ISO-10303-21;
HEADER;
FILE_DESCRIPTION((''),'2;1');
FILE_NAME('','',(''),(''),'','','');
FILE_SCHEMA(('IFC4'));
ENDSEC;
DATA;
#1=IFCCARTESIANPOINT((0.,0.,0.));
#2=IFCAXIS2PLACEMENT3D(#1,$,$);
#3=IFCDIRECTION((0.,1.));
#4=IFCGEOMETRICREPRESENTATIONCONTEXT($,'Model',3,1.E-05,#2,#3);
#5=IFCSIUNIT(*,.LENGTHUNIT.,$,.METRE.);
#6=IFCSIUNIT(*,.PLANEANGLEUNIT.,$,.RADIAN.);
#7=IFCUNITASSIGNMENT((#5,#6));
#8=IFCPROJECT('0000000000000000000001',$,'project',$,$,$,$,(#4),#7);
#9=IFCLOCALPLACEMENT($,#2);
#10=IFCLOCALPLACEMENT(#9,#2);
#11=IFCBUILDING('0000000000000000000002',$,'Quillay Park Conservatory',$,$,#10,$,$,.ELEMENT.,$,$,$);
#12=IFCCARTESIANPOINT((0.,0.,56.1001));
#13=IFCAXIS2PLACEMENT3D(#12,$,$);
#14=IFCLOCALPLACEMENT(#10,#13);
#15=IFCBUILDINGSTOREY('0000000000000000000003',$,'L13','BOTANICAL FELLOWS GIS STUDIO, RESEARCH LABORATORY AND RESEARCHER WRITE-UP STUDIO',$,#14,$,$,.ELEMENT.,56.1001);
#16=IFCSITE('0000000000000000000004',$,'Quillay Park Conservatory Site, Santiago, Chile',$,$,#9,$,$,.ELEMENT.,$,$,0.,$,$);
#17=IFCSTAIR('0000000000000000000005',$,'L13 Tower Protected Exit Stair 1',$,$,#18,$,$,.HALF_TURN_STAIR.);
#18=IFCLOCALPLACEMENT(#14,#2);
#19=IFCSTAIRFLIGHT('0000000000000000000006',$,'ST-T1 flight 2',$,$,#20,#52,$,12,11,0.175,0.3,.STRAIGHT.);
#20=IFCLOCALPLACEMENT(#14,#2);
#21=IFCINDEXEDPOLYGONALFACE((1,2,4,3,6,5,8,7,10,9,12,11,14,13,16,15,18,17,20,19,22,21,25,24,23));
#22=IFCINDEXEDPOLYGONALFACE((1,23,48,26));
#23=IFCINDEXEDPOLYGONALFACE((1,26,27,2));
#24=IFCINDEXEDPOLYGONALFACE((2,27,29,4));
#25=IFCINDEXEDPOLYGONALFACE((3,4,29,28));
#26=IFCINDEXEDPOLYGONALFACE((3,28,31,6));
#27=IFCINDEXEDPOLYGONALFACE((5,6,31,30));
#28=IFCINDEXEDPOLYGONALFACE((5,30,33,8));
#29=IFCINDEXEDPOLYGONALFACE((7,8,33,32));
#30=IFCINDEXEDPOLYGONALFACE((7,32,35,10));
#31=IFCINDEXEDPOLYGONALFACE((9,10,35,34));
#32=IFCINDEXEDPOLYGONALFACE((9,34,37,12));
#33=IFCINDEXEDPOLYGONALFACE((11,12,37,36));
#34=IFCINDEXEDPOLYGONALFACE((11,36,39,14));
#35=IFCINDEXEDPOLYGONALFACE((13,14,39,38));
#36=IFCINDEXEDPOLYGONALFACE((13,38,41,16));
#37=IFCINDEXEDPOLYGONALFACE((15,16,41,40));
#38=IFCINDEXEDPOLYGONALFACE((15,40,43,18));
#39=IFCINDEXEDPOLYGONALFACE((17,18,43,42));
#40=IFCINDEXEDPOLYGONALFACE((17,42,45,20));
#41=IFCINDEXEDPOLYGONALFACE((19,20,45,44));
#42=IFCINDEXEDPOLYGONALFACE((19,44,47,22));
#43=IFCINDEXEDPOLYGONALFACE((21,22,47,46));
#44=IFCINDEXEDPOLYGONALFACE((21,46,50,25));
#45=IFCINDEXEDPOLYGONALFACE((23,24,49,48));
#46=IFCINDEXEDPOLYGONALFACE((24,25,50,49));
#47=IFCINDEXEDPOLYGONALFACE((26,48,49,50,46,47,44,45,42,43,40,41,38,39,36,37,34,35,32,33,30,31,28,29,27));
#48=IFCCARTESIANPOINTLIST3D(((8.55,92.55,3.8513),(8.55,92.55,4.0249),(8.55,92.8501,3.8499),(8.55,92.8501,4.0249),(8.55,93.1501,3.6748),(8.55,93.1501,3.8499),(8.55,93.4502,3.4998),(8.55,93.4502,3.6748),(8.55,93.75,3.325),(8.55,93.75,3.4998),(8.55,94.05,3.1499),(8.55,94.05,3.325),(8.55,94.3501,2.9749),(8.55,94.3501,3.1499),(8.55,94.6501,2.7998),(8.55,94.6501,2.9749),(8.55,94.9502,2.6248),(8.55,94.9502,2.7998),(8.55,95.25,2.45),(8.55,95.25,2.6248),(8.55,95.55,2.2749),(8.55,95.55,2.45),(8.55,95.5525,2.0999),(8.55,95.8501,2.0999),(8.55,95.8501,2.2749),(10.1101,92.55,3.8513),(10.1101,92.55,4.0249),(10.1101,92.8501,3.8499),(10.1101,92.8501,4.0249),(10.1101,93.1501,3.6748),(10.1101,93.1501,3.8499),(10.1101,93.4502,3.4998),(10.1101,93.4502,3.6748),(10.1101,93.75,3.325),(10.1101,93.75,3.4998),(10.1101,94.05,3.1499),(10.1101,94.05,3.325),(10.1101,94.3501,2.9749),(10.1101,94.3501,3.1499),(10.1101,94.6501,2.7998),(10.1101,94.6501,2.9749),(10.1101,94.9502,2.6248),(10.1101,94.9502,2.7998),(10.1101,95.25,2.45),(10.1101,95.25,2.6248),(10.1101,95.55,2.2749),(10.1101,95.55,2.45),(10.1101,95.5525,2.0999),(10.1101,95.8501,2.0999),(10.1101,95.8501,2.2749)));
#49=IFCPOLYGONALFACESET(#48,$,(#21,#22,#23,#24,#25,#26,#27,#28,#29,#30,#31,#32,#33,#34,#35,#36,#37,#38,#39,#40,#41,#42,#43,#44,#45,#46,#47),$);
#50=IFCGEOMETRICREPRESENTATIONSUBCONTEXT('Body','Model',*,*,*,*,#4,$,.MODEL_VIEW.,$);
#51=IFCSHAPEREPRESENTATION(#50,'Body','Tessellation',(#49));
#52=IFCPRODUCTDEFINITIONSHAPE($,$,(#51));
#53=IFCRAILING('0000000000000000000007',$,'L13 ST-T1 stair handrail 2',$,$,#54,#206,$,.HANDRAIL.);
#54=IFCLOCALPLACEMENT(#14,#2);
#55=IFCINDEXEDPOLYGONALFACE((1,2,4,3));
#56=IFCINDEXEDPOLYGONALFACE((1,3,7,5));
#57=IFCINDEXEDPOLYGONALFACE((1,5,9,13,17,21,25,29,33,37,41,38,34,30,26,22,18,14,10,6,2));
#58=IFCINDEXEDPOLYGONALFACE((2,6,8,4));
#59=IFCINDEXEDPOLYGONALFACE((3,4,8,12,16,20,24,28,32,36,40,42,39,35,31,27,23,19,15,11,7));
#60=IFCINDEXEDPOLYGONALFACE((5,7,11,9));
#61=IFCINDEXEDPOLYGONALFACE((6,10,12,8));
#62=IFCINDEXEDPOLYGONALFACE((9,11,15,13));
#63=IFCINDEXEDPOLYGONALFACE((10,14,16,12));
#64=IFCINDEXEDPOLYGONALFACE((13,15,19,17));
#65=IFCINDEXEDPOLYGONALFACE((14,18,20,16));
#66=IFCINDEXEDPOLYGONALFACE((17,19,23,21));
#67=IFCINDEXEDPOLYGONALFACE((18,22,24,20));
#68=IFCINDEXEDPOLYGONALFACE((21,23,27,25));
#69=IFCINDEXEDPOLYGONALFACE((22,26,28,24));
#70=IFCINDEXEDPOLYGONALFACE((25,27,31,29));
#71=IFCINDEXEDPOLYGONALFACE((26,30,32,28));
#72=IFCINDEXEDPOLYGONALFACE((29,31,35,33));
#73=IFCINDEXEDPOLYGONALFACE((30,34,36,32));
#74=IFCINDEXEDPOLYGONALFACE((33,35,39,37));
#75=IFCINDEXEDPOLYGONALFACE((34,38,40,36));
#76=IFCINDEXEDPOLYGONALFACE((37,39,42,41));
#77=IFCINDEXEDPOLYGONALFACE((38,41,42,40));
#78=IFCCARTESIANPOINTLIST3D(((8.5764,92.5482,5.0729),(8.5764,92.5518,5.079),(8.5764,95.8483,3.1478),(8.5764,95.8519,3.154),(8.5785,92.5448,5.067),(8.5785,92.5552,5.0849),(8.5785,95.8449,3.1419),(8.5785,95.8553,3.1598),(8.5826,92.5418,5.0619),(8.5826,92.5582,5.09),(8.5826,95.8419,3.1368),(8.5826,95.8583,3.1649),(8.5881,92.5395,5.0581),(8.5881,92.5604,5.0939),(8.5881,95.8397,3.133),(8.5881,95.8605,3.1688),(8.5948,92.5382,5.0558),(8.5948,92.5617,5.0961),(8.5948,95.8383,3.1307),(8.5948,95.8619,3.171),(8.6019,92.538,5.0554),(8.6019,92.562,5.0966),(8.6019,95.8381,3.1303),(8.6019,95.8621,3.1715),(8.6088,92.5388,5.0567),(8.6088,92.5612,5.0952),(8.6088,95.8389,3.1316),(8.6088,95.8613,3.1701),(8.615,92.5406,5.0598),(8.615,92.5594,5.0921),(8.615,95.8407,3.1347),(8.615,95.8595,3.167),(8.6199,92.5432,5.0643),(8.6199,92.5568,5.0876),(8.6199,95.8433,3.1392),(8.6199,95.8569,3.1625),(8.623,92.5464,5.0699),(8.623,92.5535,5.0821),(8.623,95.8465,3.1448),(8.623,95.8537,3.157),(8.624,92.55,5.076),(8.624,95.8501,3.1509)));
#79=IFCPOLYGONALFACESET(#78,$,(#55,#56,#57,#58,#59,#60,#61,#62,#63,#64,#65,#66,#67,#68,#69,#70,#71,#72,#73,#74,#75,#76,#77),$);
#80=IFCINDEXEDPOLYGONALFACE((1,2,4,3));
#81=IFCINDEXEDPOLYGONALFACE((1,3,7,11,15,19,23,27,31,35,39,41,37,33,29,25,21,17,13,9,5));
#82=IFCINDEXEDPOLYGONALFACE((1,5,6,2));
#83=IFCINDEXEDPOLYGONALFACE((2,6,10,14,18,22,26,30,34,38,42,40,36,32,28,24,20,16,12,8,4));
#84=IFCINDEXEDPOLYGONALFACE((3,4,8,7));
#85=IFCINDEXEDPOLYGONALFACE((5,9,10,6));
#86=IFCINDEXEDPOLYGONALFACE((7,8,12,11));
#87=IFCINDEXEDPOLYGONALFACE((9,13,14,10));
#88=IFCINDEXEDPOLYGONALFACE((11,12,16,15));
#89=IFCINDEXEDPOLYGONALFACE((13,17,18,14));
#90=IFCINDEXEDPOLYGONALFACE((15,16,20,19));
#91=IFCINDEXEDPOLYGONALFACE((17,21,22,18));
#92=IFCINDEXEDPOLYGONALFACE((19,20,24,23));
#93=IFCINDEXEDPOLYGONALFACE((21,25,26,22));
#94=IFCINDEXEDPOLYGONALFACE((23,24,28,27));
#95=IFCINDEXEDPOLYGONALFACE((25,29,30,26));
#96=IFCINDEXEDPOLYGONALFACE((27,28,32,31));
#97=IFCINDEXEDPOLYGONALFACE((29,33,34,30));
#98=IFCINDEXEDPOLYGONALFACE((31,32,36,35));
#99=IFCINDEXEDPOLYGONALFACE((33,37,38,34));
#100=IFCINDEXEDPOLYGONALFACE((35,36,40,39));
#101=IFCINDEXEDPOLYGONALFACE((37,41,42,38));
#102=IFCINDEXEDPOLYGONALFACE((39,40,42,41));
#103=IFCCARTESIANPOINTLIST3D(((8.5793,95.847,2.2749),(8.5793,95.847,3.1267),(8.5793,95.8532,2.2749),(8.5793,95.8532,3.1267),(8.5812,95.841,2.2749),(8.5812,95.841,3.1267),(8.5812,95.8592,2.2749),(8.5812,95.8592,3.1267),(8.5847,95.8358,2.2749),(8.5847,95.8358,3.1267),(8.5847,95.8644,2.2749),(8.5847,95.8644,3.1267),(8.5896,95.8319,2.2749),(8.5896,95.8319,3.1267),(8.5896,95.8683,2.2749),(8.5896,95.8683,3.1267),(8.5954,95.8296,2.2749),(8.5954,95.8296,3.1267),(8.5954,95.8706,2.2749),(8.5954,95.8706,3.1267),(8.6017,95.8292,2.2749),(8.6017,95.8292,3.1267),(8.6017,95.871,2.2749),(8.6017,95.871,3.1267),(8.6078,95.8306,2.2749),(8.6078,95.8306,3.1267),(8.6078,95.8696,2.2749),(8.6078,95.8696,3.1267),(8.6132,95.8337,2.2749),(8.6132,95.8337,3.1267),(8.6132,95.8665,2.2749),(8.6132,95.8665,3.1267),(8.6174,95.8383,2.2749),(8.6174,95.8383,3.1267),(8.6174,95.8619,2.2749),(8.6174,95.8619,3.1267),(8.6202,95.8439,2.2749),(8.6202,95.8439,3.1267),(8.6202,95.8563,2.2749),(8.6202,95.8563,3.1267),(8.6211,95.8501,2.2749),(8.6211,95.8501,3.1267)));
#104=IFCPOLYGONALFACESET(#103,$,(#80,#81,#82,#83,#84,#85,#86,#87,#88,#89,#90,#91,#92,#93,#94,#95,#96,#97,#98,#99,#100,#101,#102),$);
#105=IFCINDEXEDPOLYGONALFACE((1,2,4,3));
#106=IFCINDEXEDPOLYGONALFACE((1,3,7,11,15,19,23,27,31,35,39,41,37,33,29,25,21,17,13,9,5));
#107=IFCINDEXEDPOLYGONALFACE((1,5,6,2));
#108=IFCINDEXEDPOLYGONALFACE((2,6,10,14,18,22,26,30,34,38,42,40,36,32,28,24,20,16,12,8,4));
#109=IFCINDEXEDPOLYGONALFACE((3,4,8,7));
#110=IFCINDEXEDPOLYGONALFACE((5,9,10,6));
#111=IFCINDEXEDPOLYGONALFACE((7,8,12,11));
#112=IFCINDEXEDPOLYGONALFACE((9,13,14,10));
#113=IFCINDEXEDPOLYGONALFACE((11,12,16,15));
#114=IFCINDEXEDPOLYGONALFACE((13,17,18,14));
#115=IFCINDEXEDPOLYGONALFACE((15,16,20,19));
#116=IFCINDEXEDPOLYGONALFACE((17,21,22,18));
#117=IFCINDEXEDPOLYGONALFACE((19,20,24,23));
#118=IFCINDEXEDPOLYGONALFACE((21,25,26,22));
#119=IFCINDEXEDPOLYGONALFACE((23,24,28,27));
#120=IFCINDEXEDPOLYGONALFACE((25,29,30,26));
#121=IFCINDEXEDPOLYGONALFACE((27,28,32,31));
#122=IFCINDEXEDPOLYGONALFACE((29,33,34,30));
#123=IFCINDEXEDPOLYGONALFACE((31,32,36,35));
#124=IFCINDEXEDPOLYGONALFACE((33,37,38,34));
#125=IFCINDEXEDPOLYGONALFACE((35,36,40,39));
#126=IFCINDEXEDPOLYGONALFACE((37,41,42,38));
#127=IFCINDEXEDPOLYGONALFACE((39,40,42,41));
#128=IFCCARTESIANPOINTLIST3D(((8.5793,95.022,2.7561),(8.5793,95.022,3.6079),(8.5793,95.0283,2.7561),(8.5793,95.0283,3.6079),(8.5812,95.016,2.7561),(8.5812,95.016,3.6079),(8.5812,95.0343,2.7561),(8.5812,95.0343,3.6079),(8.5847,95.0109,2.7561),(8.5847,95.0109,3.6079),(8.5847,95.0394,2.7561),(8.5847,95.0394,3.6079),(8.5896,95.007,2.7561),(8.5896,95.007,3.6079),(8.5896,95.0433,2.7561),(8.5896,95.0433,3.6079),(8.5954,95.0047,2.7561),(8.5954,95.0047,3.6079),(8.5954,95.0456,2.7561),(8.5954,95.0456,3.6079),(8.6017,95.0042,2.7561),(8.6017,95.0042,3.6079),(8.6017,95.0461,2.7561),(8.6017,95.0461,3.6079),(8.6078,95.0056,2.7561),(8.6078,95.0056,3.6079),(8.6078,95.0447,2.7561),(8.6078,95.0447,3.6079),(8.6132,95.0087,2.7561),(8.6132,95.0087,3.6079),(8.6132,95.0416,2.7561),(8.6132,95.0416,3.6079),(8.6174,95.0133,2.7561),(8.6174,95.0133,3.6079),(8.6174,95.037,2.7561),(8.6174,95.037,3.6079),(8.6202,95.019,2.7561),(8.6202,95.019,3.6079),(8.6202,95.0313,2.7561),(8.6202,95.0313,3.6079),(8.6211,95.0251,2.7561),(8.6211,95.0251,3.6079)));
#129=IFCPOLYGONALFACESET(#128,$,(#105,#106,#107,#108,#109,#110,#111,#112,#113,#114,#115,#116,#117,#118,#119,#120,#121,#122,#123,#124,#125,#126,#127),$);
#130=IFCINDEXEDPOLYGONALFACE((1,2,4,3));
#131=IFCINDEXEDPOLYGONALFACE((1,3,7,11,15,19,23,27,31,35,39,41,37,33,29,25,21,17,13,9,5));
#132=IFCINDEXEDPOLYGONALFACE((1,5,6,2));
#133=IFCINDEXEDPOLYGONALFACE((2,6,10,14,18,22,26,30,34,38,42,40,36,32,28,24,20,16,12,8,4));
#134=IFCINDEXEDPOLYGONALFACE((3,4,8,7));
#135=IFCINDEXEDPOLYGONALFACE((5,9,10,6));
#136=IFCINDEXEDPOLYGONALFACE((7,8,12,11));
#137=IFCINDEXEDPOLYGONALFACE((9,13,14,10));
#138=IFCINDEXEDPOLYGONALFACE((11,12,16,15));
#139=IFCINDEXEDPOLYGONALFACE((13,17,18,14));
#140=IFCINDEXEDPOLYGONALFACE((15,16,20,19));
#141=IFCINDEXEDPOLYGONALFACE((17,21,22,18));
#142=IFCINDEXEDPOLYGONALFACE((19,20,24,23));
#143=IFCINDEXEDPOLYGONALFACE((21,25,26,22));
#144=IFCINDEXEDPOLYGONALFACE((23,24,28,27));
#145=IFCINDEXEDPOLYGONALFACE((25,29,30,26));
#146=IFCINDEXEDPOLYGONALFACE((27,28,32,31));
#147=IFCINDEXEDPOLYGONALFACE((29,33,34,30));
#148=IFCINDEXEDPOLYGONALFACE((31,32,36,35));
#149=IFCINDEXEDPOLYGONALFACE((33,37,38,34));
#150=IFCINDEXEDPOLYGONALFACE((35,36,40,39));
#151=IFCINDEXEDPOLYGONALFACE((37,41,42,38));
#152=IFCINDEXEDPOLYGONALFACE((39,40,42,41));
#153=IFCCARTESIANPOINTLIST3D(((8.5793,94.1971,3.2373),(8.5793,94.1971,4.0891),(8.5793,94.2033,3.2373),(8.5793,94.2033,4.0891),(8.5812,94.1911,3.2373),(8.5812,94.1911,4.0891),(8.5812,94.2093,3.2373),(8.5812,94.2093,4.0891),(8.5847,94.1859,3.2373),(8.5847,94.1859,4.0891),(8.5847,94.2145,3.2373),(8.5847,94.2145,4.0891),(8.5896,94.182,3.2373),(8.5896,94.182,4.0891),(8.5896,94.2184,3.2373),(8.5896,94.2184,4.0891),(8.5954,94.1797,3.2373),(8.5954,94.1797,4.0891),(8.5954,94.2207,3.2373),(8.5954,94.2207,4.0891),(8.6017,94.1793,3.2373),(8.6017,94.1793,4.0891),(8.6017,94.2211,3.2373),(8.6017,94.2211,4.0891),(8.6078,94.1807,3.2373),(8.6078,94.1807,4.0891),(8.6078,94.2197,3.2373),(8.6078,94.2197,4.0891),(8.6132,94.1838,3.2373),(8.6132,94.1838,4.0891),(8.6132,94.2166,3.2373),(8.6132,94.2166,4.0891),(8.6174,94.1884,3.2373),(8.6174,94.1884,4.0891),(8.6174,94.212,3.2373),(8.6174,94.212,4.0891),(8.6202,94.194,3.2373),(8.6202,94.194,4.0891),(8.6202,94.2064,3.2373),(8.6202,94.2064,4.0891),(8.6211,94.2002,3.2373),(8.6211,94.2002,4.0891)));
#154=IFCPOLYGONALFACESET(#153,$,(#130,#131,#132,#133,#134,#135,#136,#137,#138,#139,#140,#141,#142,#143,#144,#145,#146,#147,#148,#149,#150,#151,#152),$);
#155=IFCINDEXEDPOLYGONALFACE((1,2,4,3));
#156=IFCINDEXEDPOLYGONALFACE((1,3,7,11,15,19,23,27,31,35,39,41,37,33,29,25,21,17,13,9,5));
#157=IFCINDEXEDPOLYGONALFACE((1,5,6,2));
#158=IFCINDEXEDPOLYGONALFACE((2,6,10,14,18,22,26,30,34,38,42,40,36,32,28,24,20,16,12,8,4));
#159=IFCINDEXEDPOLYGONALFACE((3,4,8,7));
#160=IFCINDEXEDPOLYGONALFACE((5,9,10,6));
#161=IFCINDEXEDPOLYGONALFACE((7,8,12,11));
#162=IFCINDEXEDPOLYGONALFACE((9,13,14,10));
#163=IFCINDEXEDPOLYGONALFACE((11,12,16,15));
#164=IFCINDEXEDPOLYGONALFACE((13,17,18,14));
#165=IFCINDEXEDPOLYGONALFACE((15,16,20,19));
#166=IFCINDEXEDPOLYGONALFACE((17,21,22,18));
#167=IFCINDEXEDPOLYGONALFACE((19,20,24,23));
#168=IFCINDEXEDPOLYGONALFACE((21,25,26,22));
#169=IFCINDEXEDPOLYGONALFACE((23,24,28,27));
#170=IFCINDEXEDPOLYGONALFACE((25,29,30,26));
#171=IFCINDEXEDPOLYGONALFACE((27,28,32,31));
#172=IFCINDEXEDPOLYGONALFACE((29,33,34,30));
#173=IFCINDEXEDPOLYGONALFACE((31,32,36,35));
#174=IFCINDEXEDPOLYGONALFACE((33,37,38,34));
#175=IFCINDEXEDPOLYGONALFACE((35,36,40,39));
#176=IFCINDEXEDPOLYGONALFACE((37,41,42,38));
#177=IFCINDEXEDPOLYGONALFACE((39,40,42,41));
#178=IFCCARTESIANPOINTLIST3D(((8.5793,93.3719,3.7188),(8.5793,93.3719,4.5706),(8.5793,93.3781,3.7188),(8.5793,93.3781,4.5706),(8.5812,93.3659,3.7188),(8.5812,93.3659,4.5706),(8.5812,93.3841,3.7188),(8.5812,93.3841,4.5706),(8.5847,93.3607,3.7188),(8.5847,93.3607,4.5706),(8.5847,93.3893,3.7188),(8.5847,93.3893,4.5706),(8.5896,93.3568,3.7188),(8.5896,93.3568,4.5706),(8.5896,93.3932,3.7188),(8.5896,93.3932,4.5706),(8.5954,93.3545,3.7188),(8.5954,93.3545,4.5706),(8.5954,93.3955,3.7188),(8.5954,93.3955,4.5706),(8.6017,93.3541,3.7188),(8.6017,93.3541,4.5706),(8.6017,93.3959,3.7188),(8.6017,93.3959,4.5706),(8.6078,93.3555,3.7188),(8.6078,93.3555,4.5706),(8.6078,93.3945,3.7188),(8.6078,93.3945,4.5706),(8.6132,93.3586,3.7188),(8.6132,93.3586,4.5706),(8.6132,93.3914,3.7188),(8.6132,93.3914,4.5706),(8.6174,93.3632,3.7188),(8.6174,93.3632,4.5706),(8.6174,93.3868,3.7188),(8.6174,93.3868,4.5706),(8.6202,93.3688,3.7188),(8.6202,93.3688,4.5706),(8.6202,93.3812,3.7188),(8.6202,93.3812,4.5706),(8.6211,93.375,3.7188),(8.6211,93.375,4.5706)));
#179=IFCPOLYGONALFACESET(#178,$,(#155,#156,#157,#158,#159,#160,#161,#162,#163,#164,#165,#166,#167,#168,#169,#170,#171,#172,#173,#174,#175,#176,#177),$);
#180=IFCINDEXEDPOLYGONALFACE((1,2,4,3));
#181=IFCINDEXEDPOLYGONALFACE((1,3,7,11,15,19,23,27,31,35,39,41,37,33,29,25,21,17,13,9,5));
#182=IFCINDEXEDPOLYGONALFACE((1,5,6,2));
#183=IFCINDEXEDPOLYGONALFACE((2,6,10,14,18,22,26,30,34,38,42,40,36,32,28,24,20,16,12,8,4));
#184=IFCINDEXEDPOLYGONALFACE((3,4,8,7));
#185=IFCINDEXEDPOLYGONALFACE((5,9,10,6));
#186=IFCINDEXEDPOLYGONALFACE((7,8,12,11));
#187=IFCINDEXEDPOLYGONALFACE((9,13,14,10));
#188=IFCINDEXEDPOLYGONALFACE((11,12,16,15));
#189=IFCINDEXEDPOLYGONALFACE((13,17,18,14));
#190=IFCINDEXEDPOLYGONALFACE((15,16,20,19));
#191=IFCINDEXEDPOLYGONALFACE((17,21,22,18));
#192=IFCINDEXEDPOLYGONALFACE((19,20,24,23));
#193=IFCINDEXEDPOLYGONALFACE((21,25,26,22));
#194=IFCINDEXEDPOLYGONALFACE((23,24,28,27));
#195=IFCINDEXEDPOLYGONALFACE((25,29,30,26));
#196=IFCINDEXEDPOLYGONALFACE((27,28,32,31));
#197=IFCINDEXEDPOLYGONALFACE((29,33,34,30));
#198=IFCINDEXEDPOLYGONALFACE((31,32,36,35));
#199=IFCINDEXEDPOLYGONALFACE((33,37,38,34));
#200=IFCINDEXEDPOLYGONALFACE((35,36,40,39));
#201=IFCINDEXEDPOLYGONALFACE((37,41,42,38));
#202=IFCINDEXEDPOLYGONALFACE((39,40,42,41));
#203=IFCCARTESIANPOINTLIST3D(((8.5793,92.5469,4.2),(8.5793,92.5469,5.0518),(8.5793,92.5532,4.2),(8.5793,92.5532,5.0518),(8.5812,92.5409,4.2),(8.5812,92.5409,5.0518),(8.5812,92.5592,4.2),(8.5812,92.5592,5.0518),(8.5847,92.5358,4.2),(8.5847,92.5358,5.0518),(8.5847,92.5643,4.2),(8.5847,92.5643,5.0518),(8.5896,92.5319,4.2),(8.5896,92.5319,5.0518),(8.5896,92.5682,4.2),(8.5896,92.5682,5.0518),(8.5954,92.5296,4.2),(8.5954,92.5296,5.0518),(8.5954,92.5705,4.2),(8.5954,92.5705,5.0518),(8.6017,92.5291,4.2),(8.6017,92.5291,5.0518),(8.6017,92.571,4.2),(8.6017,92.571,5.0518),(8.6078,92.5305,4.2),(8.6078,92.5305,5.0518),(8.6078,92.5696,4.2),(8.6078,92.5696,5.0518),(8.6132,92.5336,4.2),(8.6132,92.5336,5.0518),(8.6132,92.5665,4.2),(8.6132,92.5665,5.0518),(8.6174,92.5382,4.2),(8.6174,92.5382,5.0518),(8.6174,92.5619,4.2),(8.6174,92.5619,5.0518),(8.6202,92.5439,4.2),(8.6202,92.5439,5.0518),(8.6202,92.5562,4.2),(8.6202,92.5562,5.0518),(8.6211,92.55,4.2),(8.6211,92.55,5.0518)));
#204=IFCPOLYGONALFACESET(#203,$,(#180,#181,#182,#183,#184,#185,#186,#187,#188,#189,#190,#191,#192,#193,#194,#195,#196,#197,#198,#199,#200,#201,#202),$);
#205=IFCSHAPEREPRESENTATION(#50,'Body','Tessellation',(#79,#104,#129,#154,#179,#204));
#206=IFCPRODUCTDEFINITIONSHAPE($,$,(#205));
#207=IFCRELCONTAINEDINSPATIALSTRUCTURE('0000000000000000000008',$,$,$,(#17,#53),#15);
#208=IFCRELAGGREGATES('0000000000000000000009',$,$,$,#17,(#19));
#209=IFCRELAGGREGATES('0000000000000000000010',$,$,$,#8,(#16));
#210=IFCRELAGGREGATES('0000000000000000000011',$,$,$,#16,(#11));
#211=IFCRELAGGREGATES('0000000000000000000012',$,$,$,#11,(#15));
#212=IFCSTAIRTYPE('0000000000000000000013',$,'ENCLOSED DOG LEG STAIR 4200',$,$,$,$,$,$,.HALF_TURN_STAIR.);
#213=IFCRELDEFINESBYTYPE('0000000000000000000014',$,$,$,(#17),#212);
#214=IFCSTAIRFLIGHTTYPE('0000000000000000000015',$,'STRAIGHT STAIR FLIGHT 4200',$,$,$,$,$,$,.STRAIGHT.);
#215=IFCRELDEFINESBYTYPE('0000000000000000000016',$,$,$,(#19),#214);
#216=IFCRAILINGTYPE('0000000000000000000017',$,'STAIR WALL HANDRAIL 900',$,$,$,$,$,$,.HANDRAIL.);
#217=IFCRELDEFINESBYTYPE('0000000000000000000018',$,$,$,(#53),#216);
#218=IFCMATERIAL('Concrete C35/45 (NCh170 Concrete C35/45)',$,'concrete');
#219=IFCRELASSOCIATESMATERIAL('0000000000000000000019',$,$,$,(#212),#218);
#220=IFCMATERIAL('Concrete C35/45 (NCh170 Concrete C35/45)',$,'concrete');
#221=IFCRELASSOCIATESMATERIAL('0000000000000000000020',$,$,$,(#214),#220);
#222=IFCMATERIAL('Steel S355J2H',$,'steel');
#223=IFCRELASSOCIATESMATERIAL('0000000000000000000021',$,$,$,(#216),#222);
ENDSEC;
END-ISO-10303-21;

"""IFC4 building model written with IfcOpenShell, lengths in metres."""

from ifc_helpers import new_model, si_unit, direction, frame, origin, origin_2d, place, context, subcontext, project, spatial, polyline, circle, outline, extrude, material, type_object, element, aggregate, save


model = new_model("IFC4")

# Units and contexts
model_context = context("Model", 3, precision=1e-05, world=origin(), true_north=direction((0.0, 1.0)))
body_context = subcontext(model_context, "Body", "Model", "MODEL_VIEW")
ifc_project = project(units=[si_unit("LENGTHUNIT", "METRE"), si_unit("PLANEANGLEUNIT", "RADIAN")], contexts=[model_context])

# Site, building, storey
site_placement = place(None, origin())
site = spatial("IfcSite", under=ifc_project, at=site_placement, Name="Quillay Park Conservatory Site, Santiago, Chile", CompositionType="ELEMENT", RefElevation=0.0)
building_placement = place(site_placement, origin())
building = spatial("IfcBuilding", under=site, at=building_placement, Name="Quillay Park Conservatory", CompositionType="ELEMENT")
storey_placement = place(building_placement, frame((0.0, 0.0, 56.1001)))
storey = spatial("IfcBuildingStorey", under=building, at=storey_placement, Name="L13", Description="BOTANICAL FELLOWS GIS STUDIO, RESEARCH LABORATORY AND RESEARCHER WRITE-UP STUDIO", CompositionType="ELEMENT", Elevation=56.1001)

# Stair, stair flight
ifc_material_1 = material(Name="Concrete C35/45 (NCh170 Concrete C35/45)", Category="concrete")
stair_type = type_object("IfcStairType", Name="ENCLOSED DOG LEG STAIR 4200", PredefinedType="HALF_TURN_STAIR", material=ifc_material_1)
stair_placement = place(storey_placement, origin())
stair = element("IfcStair", 1, at=stair_placement, inside=storey, type_object=stair_type, Name="L13 Tower Protected Exit Stair 1", PredefinedType="HALF_TURN_STAIR")
ifc_material_2 = material(Name="Concrete C35/45 (NCh170 Concrete C35/45)", Category="concrete")
stair_flight_type = type_object("IfcStairFlightType", Name="STRAIGHT STAIR FLIGHT 4200", PredefinedType="STRAIGHT", material=ifc_material_2)
stair_flight_placement = place(storey_placement, frame((9.3301, 95.8501, 2.0999), z_axis=(0.0, 0.0, 1.0), x_axis=(0.0, -1.0, 0.0)))
stair_flight = element("IfcStairFlight", 2, at=stair_flight_placement, type_object=stair_flight_type, Name="ST-T1 flight 2", NumberOfRisers=12, NumberOfTreads=11, PredefinedType="STRAIGHT", RiserHeight=0.175, TreadLength=0.3, context=body_context, shape_type="SweptSolid", body=[
    extrude(outline(polyline([(0.0, 0.0), (0.0, 0.175), (0.3, 0.175), (0.3, 0.3501), (0.6001, 0.3501), (0.6001, 0.5249), (0.8999, 0.5249), (0.8999, 0.7), (1.2, 0.7), (1.2, 0.875), (1.5, 0.875), (1.5, 1.05), (1.8, 1.05), (1.8, 1.2251), (2.1001, 1.2251), (2.1001, 1.3999), (2.3999, 1.3999), (2.3999, 1.575), (2.7, 1.575), (2.7, 1.75), (3.0, 1.75), (3.0, 1.925), (3.3, 1.925), (3.3, 2.1001), (3.3, 1.7515), (0.2976, 0.0), (0.0, 0.0)])), frame((0.0, 0.78, 0.0), z_axis=(0.0, -1.0, 0.0), x_axis=(1.0, 0.0, 0.0)), (0.0, 0.0, 1.0), 1.5601),
])
aggregate(stair, [stair_flight])

# Railing
ifc_material_3 = material(Name="Steel S355J2H", Category="steel")
railing_type_1 = type_object("IfcRailingType", Name="STAIR WALL HANDRAIL 900", PredefinedType="HANDRAIL", material=ifc_material_3)
railing_1_placement = place(storey_placement, frame((8.6001, 95.8501, 2.2749)))
element("IfcRailing", 3, at=railing_1_placement, inside=storey, type_object=railing_type_1, Name="L13 ST-T1 stair handrail 2", PredefinedType="HANDRAIL", context=body_context, shape_type="SweptSolid", body=[
    extrude(circle(Radius=0.0239, at=origin_2d()), frame((0.0, 0.0, 0.876), z_axis=(0.0, -0.863777, 0.503875), x_axis=(1.0, 0.0, 0.0)), (0.0, 0.0, 1.0), 3.8206),
    extrude(circle(Radius=0.021, at=origin_2d()), origin(), (0.0, 0.0, 1.0), 0.8518),
    extrude(circle(Radius=0.021, at=origin_2d()), frame((0.0, -0.825, 0.4812)), (0.0, 0.0, 1.0), 0.8518),
    extrude(circle(Radius=0.021, at=origin_2d()), frame((0.0, -1.6499, 0.9624)), (0.0, 0.0, 1.0), 0.8518),
    extrude(circle(Radius=0.021, at=origin_2d()), frame((0.0, -2.4751, 1.4438)), (0.0, 0.0, 1.0), 0.8518),
    extrude(circle(Radius=0.021, at=origin_2d()), frame((0.0, -3.3, 1.925)), (0.0, 0.0, 1.0), 0.8518),
])

save(model, "model.ifc")
